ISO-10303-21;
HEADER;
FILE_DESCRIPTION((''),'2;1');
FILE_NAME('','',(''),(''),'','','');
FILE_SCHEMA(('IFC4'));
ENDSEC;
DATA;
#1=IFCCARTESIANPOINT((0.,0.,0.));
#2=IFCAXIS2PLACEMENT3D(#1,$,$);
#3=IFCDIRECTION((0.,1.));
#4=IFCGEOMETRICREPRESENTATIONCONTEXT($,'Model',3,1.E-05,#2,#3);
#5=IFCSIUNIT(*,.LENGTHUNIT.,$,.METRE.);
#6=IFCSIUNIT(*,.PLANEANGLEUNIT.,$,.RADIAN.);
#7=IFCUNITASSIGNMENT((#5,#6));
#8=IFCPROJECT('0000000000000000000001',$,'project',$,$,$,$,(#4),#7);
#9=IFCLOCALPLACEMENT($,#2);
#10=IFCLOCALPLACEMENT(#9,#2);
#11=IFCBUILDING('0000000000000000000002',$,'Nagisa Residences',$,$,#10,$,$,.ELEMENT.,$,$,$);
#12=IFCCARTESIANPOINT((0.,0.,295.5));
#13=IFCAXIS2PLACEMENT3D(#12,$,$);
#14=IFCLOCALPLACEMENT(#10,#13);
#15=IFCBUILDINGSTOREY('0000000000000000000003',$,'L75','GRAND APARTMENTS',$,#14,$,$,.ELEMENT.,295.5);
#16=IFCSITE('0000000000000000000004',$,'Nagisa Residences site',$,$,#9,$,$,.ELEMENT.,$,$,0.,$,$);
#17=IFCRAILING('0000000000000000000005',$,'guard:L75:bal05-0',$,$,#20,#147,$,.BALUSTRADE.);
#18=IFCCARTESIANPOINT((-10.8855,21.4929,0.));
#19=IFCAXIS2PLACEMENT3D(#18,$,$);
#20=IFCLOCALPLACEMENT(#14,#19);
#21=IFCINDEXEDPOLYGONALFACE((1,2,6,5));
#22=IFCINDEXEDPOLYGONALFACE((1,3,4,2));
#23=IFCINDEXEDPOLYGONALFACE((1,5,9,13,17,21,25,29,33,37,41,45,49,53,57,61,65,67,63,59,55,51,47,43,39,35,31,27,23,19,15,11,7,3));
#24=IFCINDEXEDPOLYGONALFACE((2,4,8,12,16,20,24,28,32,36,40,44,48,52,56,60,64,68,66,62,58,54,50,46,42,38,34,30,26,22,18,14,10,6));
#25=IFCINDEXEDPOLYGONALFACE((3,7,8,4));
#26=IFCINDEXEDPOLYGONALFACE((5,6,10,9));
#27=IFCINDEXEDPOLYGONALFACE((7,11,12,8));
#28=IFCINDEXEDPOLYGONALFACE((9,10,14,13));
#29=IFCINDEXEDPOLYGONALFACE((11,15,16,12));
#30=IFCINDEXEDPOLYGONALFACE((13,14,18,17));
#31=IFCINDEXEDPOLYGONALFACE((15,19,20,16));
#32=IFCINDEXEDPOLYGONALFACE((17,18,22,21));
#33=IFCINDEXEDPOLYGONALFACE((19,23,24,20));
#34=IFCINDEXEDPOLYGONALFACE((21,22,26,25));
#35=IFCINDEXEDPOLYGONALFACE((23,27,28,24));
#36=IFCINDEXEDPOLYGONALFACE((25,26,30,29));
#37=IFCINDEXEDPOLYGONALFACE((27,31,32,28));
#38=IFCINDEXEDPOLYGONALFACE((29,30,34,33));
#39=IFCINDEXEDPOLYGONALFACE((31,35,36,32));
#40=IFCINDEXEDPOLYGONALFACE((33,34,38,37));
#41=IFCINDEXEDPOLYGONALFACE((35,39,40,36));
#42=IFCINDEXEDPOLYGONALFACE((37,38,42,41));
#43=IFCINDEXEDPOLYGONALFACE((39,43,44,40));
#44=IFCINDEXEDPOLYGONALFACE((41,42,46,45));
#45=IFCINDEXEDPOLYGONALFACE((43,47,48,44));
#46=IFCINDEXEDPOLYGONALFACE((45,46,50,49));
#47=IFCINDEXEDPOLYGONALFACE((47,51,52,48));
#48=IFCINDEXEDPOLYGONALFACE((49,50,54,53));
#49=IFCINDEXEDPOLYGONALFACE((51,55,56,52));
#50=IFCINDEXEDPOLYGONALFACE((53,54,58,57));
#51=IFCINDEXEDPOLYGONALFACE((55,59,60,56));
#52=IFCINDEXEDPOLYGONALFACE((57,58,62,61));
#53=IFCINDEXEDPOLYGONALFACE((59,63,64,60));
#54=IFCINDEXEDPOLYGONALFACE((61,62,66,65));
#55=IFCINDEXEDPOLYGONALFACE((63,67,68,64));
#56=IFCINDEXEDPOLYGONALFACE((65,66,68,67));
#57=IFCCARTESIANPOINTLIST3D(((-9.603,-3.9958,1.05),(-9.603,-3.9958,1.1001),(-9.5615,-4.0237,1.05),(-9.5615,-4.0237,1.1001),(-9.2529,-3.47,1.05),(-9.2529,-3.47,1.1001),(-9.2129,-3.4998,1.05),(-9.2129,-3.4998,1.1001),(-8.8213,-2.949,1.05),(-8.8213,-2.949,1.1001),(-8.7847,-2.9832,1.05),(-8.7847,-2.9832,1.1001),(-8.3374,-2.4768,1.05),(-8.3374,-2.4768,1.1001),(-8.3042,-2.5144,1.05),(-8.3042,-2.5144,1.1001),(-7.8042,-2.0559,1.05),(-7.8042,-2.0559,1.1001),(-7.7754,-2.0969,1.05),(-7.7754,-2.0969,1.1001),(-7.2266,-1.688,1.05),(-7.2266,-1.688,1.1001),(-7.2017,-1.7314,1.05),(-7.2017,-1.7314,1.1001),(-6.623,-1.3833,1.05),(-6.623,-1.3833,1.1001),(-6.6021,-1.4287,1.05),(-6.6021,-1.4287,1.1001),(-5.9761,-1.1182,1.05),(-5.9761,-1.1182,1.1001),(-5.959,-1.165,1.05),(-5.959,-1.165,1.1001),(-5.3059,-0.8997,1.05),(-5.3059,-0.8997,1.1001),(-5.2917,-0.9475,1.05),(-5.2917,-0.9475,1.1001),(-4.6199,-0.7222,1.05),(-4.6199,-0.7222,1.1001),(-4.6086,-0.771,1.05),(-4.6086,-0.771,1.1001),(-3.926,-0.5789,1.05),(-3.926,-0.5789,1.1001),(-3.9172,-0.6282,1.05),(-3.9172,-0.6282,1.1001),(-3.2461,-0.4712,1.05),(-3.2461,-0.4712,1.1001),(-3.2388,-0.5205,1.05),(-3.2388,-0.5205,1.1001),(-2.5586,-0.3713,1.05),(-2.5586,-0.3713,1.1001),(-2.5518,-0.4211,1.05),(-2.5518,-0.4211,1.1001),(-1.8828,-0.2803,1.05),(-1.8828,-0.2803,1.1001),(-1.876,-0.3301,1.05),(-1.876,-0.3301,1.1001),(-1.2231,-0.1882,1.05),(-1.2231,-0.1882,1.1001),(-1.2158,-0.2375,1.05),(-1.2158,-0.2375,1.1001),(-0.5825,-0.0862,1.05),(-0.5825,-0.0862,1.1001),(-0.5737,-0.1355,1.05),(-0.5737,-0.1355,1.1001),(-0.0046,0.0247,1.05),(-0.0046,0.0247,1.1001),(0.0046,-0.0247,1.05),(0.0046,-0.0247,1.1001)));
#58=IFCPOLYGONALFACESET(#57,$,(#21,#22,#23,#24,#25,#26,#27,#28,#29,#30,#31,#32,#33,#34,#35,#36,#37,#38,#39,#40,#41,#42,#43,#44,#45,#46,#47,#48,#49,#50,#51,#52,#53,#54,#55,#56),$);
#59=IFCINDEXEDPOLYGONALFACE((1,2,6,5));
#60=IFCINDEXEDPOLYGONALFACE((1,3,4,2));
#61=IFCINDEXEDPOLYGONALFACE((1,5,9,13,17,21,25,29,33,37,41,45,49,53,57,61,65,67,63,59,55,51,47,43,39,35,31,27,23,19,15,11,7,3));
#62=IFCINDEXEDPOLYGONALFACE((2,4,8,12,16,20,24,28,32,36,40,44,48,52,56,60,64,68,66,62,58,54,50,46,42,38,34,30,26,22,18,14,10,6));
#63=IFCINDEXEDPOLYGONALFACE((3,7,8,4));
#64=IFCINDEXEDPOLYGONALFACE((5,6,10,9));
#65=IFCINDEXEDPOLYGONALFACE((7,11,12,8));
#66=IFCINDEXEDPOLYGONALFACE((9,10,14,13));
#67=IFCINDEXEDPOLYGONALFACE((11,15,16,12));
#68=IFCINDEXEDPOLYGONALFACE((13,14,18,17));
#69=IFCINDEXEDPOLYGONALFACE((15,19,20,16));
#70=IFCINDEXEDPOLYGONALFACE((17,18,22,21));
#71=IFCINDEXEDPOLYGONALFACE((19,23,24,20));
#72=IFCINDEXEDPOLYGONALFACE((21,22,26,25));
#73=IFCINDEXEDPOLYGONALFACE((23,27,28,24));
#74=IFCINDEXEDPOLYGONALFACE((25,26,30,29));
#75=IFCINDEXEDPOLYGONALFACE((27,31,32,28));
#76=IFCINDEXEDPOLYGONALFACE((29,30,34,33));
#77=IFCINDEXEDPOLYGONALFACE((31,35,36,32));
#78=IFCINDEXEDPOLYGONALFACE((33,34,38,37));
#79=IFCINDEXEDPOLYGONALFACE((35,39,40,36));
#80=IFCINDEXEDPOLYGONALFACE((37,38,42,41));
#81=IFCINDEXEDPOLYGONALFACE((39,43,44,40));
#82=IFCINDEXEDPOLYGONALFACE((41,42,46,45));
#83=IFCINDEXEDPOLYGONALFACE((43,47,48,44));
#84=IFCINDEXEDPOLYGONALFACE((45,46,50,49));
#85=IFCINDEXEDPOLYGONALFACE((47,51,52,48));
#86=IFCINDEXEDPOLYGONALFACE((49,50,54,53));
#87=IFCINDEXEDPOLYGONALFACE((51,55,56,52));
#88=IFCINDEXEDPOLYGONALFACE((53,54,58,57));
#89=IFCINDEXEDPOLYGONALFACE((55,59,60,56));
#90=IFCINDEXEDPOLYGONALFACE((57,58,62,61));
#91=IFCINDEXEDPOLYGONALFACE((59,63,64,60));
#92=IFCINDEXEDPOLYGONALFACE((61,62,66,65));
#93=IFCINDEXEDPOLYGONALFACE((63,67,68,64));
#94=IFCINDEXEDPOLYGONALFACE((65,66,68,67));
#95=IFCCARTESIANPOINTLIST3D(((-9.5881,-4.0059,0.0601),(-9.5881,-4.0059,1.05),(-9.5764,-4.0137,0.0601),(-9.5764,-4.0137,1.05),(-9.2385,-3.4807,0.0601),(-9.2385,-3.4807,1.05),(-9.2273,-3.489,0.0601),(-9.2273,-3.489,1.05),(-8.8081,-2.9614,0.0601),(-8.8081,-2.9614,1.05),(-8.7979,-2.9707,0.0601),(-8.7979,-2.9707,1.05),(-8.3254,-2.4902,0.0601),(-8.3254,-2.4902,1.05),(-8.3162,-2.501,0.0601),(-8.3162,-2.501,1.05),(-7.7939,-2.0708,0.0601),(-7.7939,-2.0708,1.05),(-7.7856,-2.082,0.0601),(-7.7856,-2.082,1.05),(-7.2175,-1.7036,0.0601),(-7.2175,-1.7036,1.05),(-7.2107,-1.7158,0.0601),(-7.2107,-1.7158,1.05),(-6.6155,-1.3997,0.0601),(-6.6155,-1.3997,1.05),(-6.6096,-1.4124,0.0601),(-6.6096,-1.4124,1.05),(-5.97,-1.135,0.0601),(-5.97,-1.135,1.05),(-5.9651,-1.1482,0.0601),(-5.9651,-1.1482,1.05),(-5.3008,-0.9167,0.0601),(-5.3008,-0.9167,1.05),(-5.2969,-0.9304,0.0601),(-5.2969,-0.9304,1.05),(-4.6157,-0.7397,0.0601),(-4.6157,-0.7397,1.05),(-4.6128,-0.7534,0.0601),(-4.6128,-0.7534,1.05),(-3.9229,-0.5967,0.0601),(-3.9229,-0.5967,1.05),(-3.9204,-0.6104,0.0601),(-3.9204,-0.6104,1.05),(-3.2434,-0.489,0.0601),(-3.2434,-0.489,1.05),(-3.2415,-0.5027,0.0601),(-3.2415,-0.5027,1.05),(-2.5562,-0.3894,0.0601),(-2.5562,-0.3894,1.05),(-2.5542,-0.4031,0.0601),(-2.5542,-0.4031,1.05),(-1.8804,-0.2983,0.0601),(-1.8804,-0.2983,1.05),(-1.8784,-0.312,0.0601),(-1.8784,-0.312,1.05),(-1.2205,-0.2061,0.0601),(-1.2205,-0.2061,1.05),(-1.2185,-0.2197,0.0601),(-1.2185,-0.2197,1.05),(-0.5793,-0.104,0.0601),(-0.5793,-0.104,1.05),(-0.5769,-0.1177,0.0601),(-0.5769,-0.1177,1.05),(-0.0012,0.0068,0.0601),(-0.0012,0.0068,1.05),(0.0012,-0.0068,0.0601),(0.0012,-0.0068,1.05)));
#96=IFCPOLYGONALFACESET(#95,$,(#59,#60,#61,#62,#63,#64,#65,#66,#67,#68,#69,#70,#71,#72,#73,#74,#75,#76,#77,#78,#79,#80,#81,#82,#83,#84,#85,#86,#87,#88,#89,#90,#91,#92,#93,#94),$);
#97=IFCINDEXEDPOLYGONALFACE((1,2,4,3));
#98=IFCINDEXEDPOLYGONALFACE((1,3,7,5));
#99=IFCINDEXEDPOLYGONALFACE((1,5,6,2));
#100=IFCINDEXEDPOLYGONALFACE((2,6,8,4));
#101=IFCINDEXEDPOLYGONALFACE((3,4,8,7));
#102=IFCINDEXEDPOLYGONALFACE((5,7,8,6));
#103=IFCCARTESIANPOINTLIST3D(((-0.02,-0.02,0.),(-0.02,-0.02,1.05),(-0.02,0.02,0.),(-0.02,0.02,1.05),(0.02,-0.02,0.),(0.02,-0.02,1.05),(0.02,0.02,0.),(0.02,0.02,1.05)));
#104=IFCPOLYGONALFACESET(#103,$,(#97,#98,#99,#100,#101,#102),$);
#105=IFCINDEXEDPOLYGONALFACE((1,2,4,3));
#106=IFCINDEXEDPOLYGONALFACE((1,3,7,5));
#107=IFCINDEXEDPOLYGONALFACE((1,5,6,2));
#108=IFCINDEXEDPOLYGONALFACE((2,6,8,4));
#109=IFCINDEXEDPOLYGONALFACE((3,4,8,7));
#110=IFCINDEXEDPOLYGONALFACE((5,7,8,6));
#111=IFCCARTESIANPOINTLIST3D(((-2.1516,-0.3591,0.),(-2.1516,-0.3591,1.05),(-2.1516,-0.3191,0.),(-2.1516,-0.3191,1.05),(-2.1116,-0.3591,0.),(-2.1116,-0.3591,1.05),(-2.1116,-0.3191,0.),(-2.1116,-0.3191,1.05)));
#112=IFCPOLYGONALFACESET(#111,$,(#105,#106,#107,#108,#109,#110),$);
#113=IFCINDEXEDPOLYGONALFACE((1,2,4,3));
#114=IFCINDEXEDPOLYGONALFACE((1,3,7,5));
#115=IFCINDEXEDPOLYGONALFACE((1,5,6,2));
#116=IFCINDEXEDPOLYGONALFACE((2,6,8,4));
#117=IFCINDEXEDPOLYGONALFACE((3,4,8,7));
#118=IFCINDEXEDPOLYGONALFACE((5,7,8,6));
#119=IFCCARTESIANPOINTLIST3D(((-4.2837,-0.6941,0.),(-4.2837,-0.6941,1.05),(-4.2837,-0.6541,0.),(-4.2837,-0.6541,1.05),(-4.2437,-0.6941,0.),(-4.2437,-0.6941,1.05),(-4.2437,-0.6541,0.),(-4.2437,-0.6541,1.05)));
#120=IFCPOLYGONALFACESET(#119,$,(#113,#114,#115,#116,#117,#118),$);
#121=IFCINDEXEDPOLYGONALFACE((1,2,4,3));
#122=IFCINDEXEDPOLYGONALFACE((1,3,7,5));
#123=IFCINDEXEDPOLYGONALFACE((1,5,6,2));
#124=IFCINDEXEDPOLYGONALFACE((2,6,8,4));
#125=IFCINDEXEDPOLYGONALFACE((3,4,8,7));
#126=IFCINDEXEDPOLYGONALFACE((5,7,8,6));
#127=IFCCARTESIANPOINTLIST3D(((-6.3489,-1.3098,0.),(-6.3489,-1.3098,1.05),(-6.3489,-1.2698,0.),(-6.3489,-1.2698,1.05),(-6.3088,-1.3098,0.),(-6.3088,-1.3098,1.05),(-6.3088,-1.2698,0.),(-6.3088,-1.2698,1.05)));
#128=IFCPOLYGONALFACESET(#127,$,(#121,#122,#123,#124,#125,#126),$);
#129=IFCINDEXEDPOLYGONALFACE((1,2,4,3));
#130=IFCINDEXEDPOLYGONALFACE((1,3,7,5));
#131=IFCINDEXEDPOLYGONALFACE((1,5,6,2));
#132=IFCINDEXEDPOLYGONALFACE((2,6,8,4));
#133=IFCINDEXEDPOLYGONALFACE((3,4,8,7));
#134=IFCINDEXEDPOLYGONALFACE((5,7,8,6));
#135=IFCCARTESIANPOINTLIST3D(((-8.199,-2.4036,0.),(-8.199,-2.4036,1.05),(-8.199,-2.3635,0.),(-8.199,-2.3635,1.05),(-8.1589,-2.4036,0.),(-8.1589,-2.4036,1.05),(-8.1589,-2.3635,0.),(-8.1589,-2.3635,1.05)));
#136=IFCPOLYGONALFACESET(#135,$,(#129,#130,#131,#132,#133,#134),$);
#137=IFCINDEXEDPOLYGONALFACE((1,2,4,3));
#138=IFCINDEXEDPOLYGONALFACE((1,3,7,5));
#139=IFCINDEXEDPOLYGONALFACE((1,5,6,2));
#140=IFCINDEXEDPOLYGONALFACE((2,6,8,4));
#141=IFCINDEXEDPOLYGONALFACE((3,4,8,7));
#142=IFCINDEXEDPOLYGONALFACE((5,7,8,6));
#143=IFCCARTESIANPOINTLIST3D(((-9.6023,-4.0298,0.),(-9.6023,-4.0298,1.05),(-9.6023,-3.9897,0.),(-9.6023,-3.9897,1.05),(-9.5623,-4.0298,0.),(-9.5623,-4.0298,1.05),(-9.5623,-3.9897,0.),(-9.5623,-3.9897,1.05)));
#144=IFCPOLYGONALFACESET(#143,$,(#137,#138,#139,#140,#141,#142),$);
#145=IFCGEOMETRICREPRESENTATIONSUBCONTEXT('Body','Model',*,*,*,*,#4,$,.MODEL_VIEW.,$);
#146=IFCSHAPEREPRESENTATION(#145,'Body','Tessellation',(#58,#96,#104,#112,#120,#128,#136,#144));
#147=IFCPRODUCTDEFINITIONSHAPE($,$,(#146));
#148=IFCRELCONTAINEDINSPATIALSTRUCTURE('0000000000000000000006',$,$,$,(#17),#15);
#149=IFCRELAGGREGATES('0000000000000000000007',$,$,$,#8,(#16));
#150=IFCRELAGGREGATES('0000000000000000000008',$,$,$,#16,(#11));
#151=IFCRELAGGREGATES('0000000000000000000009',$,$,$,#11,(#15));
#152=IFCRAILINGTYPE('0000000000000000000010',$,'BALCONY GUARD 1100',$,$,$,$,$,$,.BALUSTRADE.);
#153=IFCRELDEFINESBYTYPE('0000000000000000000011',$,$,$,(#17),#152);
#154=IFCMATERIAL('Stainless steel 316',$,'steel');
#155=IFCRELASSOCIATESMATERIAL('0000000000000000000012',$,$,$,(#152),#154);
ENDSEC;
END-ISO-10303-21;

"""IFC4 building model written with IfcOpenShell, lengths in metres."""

from ifc_helpers import new_model, si_unit, direction, frame, origin, origin_2d, place, context, subcontext, project, spatial, polyline, rectangle, outline, extrude, material, type_object, element, save


model = new_model("IFC4")

# Units and contexts
model_context = context("Model", 3, precision=1e-05, world=origin(), true_north=direction((0.0, 1.0)))
body_context = subcontext(model_context, "Body", "Model", "MODEL_VIEW")
ifc_project = project(units=[si_unit("LENGTHUNIT", "METRE"), si_unit("PLANEANGLEUNIT", "RADIAN")], contexts=[model_context])

# Site, building, storey
site_placement = place(None, origin())
site = spatial("IfcSite", under=ifc_project, at=site_placement, Name="Nagisa Residences site", CompositionType="ELEMENT", RefElevation=0.0)
building_placement = place(site_placement, origin())
building = spatial("IfcBuilding", under=site, at=building_placement, Name="Nagisa Residences", CompositionType="ELEMENT")
storey_placement = place(building_placement, frame((0.0, 0.0, 295.5)))
storey = spatial("IfcBuildingStorey", under=building, at=storey_placement, Name="L75", Description="GRAND APARTMENTS", CompositionType="ELEMENT", Elevation=295.5)

# Railing
ifc_material_1 = material(Name="Stainless steel 316", Category="steel")
railing_type = type_object("IfcRailingType", Name="BALCONY GUARD 1100", PredefinedType="BALUSTRADE", material=ifc_material_1)
railing_1_placement = place(storey_placement, frame((-10.8855, 21.4929, 0.0)))
element("IfcRailing", 1, at=railing_1_placement, inside=storey, type_object=railing_type, Name="guard:L75:bal05-0", PredefinedType="BALUSTRADE", context=body_context, shape_type="SweptSolid", body=[
    extrude(outline(polyline([(-0.5737, -0.1355), (0.0046, -0.0247), (-0.0046, 0.0247), (-0.5825, -0.0862), (-1.2231, -0.1882), (-1.8828, -0.2803), (-2.5586, -0.3713), (-3.2461, -0.4712), (-3.926, -0.5789), (-4.6199, -0.7222), (-5.3059, -0.8997), (-5.9761, -1.1182), (-6.623, -1.3833), (-7.2266, -1.688), (-7.8042, -2.0559), (-8.3374, -2.4768), (-8.8213, -2.949), (-9.2529, -3.47), (-9.603, -3.9958), (-9.5615, -4.0237), (-9.2129, -3.4998), (-8.7847, -2.9832), (-8.3042, -2.5144), (-7.7754, -2.0969), (-7.2017, -1.7314), (-6.6021, -1.4287), (-5.959, -1.165), (-5.2917, -0.9475), (-4.6086, -0.771), (-3.9172, -0.6282), (-3.2388, -0.5205), (-2.5518, -0.4211), (-1.876, -0.3301), (-1.2158, -0.2375), (-0.5737, -0.1355)])), frame((0.0, 0.0, 1.05)), (0.0, 0.0, 1.0), 0.05),
    extrude(outline(polyline([(-0.5769, -0.1177), (0.0012, -0.0068), (-0.0012, 0.0068), (-0.5793, -0.104), (-1.2205, -0.2061), (-1.8804, -0.2983), (-2.5562, -0.3894), (-3.2434, -0.489), (-3.9229, -0.5967), (-4.6157, -0.7397), (-5.3008, -0.9167), (-5.97, -1.135), (-6.6155, -1.3997), (-7.2175, -1.7036), (-7.7939, -2.0708), (-8.3254, -2.4902), (-8.8081, -2.9614), (-9.2385, -3.4807), (-9.5881, -4.0059), (-9.5764, -4.0137), (-9.2273, -3.489), (-8.7979, -2.9707), (-8.3162, -2.501), (-7.7856, -2.082), (-7.2107, -1.7158), (-6.6096, -1.4124), (-5.9651, -1.1482), (-5.2969, -0.9304), (-4.6128, -0.7534), (-3.9204, -0.6104), (-3.2415, -0.5027), (-2.5542, -0.4031), (-1.8784, -0.312), (-1.2185, -0.2197), (-0.5769, -0.1177)])), frame((0.0, 0.0, 0.0601)), (0.0, 0.0, 1.0), 0.99),
    extrude(rectangle(XDim=0.04, YDim=0.04, at=origin_2d()), origin(), (0.0, 0.0, 1.0), 1.05),
    extrude(rectangle(XDim=0.04, YDim=0.04, at=origin_2d()), frame((-2.1316, -0.3391, 0.0)), (0.0, 0.0, 1.0), 1.05),
    extrude(rectangle(XDim=0.04, YDim=0.04, at=origin_2d()), frame((-4.2637, -0.6741, 0.0)), (0.0, 0.0, 1.0), 1.05),
    extrude(rectangle(XDim=0.04, YDim=0.04, at=origin_2d()), frame((-6.3289, -1.2898, 0.0)), (0.0, 0.0, 1.0), 1.05),
    extrude(rectangle(XDim=0.04, YDim=0.04, at=origin_2d()), frame((-8.179, -2.3835, 0.0)), (0.0, 0.0, 1.0), 1.05),
    extrude(rectangle(XDim=0.04, YDim=0.04, at=origin_2d()), frame((-9.5823, -4.0098, 0.0)), (0.0, 0.0, 1.0), 1.05),
])

save(model, "model.ifc")
